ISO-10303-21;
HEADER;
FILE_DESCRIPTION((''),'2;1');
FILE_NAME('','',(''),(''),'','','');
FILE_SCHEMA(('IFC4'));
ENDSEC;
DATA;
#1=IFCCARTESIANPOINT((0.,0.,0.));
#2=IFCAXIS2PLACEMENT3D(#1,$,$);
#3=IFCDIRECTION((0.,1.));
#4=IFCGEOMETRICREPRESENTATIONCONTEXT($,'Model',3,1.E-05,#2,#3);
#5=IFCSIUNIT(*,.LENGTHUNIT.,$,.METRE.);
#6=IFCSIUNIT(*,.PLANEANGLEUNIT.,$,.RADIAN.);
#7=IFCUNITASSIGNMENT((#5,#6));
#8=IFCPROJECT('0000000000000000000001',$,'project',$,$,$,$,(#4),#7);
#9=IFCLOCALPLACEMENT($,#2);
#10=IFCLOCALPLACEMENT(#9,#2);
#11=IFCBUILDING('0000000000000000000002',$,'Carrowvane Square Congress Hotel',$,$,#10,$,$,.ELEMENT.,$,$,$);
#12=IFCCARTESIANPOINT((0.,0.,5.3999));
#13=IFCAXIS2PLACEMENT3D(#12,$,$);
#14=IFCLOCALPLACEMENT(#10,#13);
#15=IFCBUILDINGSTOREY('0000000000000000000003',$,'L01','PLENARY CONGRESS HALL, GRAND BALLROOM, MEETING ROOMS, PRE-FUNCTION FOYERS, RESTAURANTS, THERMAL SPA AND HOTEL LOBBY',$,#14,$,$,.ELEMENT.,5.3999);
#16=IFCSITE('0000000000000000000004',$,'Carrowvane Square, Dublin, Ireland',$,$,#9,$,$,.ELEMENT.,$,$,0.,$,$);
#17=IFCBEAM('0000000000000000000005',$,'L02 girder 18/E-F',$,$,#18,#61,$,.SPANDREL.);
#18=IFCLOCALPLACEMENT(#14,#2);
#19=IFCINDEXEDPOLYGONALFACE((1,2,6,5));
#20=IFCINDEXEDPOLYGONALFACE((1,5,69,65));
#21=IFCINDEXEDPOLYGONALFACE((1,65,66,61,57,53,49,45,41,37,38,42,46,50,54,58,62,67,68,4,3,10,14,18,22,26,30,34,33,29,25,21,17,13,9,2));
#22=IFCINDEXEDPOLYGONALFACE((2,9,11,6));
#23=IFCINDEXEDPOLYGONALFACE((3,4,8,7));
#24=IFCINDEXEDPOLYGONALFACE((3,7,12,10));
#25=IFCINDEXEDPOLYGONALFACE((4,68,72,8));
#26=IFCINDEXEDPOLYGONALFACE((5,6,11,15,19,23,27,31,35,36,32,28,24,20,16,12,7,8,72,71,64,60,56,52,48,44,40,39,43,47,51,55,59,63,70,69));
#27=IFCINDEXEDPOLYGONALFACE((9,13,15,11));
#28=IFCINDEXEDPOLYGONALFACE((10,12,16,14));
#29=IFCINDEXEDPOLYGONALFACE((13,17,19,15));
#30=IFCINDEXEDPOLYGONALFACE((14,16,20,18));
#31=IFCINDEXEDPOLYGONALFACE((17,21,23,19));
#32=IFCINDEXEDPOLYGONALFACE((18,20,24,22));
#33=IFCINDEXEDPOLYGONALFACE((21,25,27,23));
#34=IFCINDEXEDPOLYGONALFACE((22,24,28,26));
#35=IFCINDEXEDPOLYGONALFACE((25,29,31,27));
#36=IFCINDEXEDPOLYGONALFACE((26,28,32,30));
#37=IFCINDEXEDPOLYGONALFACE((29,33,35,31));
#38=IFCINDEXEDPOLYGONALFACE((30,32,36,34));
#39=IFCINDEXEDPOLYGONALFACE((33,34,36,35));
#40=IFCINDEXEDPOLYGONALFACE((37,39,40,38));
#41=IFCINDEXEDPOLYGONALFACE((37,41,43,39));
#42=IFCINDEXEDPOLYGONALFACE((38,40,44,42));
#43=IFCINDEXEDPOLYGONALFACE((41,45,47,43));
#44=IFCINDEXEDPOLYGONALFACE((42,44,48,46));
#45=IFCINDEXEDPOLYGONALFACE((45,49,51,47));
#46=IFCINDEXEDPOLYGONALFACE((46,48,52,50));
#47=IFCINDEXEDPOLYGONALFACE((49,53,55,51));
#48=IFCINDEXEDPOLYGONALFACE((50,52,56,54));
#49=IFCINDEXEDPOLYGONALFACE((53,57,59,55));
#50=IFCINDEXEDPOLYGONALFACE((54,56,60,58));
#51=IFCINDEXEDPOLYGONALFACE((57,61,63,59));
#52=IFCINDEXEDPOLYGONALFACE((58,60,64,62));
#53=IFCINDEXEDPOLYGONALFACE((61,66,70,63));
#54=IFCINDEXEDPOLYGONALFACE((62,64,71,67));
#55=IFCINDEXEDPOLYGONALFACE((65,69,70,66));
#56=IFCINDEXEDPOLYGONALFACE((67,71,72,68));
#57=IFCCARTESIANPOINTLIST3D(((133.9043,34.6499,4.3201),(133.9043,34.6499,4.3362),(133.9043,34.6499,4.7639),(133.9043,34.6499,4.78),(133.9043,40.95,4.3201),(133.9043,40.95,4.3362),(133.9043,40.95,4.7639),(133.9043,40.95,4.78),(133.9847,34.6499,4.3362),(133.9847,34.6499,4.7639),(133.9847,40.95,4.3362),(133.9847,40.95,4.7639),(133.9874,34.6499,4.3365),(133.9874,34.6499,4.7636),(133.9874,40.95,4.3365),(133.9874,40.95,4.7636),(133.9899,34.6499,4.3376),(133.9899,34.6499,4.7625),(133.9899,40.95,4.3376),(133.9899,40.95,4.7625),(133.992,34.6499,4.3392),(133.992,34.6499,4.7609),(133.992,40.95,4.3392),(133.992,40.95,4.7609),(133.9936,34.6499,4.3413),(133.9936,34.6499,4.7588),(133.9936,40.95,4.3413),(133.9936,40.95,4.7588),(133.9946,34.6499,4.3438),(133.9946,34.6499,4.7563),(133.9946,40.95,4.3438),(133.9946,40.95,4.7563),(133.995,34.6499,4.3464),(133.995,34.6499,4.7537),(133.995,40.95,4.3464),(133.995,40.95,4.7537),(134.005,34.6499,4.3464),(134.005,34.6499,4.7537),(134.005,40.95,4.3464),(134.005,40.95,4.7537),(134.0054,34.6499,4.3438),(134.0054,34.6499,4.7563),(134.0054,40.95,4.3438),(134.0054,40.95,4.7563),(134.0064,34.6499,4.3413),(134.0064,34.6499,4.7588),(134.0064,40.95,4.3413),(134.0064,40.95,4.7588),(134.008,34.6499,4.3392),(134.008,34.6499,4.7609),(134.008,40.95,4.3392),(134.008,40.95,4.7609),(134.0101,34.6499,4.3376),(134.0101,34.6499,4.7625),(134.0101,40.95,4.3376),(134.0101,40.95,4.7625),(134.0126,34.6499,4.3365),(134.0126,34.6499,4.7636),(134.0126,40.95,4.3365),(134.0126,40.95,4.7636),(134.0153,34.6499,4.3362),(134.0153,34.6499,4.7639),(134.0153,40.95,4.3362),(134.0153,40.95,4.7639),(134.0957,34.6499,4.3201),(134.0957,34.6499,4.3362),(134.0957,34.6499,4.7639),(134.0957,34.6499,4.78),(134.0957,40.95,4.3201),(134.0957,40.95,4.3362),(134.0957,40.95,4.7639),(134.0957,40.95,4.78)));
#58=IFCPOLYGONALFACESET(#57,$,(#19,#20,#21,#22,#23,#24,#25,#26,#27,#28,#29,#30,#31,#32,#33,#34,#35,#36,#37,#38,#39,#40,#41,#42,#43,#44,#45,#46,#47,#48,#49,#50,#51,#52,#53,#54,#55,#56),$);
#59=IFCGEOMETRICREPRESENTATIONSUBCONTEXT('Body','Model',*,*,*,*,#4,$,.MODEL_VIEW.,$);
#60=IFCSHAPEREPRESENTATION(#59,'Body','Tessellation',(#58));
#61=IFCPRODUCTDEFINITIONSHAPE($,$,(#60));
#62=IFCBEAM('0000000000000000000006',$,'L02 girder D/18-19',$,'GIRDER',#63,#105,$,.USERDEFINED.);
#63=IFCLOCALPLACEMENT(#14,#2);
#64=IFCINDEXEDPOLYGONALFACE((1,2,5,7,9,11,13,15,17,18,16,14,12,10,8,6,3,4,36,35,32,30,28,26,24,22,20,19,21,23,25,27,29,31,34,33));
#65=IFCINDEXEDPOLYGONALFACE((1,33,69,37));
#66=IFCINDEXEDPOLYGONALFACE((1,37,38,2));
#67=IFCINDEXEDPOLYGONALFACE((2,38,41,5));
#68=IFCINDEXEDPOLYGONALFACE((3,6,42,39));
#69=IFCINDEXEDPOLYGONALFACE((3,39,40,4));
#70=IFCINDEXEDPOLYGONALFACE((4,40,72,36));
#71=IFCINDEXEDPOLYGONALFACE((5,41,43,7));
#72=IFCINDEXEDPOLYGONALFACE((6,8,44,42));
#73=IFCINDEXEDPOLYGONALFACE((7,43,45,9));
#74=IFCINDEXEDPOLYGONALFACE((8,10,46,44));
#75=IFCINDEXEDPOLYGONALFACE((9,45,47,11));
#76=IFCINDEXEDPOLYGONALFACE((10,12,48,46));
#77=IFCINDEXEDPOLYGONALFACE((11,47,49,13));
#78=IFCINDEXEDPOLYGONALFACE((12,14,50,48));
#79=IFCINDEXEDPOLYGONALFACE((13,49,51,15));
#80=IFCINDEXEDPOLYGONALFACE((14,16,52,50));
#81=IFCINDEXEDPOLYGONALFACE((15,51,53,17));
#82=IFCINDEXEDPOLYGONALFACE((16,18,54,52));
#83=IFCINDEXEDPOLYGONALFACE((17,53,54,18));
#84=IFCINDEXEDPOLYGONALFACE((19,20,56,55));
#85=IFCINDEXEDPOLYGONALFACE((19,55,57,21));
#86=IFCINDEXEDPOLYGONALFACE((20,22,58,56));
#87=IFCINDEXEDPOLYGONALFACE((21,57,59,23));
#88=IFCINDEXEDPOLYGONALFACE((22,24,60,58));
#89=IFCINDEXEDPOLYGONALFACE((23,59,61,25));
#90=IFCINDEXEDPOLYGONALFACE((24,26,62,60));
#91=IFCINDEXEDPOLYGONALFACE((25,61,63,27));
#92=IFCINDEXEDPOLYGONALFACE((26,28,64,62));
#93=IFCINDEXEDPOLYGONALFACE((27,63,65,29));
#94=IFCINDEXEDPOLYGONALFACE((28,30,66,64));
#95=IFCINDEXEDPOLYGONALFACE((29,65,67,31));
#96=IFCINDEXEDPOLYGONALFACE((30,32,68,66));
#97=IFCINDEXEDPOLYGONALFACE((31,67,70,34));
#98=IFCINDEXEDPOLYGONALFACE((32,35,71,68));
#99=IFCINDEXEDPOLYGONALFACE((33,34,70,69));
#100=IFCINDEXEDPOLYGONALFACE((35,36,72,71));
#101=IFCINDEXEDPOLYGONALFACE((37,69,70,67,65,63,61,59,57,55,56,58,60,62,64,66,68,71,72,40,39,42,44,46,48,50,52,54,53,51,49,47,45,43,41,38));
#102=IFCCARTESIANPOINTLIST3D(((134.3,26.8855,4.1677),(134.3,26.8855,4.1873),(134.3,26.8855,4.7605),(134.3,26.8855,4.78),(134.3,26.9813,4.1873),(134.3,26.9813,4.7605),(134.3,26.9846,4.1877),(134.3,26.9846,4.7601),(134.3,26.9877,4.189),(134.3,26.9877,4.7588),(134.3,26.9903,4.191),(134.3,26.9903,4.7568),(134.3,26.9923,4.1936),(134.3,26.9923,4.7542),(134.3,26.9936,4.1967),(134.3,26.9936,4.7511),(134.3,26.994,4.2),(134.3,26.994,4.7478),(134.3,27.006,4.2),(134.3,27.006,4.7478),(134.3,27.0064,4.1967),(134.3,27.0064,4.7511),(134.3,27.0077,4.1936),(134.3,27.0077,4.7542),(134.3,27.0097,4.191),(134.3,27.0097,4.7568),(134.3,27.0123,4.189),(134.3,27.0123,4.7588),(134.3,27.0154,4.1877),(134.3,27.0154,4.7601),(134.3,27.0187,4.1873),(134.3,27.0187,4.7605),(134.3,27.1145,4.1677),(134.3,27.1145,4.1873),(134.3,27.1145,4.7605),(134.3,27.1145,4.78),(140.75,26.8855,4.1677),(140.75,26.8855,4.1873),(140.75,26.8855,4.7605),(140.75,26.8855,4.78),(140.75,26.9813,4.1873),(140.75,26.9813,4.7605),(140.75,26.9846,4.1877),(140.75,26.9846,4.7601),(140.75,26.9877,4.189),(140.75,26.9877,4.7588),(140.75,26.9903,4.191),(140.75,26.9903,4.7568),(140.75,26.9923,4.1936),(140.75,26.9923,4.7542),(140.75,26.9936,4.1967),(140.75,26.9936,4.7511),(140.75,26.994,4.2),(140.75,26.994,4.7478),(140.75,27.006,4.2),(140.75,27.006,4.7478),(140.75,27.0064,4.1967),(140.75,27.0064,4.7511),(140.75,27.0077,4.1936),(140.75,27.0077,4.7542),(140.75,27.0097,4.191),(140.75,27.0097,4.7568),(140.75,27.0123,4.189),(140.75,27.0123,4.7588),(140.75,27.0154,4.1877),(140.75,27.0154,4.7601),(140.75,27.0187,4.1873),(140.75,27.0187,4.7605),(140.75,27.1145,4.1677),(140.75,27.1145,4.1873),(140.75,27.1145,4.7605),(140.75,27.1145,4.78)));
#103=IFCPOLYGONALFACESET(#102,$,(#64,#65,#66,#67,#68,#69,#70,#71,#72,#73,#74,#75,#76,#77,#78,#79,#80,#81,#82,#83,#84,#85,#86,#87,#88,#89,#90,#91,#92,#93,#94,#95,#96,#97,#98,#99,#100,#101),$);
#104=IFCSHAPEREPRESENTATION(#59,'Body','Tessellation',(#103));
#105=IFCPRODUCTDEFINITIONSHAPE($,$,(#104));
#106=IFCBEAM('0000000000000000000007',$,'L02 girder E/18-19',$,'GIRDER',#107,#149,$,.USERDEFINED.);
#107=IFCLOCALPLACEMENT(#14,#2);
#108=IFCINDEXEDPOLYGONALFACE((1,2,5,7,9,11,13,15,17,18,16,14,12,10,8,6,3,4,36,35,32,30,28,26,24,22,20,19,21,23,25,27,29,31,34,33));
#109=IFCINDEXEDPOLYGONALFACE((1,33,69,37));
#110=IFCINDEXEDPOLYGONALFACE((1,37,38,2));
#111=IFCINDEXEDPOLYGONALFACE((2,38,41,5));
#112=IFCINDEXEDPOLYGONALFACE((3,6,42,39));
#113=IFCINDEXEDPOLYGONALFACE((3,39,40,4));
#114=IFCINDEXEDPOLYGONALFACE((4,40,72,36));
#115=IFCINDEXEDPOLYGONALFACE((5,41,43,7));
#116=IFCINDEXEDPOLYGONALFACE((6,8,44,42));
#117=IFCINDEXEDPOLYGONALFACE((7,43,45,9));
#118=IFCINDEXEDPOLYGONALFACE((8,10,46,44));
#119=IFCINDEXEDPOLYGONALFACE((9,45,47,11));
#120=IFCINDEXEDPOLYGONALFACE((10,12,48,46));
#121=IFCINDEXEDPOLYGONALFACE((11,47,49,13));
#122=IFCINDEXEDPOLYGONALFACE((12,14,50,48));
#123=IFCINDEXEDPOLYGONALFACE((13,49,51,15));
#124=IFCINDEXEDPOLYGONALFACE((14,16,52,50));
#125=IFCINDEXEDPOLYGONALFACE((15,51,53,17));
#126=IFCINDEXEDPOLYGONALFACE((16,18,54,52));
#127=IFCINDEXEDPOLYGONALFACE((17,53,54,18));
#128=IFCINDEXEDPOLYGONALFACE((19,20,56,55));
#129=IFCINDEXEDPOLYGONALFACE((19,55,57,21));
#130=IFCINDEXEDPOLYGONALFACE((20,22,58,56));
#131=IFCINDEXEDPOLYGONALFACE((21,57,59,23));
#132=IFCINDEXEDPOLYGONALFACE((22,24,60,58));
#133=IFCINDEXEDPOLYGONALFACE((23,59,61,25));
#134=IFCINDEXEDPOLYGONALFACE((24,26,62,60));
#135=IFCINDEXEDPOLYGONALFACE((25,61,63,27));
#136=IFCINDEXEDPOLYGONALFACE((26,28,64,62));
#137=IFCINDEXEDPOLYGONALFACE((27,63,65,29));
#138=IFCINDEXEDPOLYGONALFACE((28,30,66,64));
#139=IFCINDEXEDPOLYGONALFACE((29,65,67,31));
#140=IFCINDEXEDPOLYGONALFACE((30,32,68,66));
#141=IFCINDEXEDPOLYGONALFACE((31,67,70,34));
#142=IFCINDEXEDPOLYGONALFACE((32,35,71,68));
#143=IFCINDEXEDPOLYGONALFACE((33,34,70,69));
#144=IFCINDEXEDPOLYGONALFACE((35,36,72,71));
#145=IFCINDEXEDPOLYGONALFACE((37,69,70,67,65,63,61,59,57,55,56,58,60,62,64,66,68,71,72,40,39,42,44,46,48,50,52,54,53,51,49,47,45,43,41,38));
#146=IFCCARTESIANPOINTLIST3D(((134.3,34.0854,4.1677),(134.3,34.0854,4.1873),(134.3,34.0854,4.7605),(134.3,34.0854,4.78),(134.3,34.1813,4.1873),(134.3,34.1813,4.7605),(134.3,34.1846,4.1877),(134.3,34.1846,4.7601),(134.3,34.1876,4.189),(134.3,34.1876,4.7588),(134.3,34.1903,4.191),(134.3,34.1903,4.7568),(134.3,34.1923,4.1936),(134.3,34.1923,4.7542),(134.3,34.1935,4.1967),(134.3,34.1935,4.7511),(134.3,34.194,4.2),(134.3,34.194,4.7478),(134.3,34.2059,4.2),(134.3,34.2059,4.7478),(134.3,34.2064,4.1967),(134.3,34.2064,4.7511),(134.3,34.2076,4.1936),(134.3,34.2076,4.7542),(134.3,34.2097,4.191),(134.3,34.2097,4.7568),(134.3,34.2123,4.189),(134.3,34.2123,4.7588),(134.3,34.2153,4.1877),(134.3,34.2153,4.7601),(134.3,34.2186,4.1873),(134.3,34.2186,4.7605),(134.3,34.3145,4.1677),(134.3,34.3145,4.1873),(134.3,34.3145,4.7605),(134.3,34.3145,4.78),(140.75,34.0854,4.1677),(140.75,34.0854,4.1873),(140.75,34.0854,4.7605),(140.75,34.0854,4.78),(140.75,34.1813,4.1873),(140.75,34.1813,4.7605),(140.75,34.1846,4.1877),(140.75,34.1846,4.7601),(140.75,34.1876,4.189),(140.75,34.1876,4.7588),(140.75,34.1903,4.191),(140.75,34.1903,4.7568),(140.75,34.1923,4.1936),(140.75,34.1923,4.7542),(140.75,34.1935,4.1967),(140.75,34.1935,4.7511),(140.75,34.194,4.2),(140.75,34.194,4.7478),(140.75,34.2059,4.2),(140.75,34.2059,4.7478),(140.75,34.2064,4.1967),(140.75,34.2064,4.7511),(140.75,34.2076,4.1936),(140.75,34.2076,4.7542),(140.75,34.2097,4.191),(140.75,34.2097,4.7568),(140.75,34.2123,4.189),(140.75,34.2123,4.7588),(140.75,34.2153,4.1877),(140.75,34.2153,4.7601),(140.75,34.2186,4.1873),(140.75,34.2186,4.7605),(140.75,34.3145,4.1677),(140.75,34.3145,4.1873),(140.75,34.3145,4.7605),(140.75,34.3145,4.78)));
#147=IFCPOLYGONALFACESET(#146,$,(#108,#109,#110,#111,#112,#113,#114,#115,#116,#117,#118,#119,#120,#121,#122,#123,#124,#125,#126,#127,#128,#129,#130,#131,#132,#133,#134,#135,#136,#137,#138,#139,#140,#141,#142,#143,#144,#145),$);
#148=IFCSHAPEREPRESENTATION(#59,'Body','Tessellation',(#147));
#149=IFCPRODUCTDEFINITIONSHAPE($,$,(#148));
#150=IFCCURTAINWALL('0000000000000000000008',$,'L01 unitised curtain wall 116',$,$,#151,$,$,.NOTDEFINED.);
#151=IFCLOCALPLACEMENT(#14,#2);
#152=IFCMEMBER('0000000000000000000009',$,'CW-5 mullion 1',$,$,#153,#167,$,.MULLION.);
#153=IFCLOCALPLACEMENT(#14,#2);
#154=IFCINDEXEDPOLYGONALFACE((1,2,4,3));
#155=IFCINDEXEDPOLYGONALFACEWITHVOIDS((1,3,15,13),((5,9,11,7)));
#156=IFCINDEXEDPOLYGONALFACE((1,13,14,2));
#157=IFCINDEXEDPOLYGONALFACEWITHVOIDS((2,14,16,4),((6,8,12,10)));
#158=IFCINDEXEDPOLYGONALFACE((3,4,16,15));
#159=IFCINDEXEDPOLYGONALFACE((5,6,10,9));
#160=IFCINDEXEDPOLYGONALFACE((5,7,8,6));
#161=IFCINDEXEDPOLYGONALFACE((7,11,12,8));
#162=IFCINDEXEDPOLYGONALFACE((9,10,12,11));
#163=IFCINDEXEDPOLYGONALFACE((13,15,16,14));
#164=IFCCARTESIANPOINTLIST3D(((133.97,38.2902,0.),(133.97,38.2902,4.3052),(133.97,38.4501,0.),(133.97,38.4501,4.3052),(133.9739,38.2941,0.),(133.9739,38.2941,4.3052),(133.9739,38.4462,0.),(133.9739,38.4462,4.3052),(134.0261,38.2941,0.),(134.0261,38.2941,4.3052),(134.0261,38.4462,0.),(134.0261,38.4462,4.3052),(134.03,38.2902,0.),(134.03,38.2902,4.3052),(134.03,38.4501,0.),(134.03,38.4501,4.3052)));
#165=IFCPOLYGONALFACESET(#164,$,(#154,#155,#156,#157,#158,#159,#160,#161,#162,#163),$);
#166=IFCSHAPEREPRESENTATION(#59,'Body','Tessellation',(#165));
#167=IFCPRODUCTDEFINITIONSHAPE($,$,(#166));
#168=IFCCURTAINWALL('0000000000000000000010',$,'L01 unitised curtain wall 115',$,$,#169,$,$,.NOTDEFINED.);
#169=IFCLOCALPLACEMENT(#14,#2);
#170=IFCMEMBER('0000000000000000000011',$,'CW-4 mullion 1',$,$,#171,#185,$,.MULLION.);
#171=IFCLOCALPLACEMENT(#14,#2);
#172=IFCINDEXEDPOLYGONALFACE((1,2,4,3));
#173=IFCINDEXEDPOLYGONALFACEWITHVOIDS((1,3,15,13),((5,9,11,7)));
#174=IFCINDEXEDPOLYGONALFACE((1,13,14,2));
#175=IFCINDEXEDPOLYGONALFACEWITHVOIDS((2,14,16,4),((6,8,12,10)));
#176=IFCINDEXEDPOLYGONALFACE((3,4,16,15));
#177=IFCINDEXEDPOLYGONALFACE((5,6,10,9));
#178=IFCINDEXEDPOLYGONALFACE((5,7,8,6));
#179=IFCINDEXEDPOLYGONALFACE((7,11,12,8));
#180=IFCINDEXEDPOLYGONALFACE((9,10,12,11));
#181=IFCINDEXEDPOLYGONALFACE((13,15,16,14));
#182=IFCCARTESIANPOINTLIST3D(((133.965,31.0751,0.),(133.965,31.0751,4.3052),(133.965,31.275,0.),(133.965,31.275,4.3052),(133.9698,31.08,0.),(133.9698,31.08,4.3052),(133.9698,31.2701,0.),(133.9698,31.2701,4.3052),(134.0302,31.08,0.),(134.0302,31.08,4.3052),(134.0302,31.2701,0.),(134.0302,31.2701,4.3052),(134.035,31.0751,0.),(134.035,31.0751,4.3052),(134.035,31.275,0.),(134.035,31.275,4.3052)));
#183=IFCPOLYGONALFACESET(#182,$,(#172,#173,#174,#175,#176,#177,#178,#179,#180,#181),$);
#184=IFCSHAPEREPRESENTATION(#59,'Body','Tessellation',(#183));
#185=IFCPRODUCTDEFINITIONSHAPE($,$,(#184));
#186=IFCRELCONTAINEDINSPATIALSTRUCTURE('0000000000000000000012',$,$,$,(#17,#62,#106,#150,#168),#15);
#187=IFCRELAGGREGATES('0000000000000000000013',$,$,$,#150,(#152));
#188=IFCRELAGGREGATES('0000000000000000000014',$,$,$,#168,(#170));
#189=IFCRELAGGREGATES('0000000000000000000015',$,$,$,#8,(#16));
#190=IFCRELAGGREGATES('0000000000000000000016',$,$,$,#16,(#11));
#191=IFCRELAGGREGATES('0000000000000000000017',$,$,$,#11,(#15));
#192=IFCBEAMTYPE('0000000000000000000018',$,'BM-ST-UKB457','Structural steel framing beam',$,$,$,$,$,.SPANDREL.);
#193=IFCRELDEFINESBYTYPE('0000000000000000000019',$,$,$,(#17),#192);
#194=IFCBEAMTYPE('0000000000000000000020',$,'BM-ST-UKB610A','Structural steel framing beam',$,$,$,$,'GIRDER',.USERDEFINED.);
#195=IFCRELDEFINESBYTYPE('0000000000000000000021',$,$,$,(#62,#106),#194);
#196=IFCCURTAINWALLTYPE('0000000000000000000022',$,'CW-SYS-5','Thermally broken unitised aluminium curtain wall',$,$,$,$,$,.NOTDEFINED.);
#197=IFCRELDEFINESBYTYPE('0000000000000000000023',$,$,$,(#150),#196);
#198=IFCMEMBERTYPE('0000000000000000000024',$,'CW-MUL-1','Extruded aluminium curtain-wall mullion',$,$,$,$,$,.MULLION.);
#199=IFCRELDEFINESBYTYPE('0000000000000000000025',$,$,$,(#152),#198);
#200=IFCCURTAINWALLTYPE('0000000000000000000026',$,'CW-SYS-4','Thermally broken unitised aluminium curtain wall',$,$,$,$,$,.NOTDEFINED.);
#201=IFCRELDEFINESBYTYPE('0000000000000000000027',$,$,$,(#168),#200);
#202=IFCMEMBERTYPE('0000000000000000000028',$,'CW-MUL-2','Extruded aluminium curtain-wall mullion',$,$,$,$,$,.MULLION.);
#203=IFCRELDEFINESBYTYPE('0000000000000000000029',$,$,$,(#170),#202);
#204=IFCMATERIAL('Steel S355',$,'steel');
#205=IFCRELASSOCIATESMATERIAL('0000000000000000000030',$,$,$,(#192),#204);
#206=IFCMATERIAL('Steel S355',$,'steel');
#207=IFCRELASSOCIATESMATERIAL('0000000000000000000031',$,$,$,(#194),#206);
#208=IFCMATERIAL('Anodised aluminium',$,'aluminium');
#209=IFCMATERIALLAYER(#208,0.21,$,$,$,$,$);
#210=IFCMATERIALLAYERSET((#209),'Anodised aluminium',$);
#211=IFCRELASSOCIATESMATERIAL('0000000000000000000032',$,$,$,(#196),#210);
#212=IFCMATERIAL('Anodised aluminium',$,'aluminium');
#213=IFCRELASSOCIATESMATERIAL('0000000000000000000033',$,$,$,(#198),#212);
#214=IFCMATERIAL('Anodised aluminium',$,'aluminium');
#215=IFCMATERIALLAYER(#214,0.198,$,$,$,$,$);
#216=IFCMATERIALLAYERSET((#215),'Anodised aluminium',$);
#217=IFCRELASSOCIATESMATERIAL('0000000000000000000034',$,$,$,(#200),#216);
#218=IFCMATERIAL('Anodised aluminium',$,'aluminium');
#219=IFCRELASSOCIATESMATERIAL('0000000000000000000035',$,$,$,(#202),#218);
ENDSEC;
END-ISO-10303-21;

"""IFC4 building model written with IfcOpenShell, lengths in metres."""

from ifc_helpers import new_model, si_unit, direction, frame, origin, origin_2d, place, context, subcontext, project, spatial, hollow_rectangle, i_section, extrude, material, layer, layer_set, material_profile, profile_set, type_object, element, aggregate, save


model = new_model("IFC4")

# Units and contexts
model_context = context("Model", 3, precision=1e-05, world=origin(), true_north=direction((0.0, 1.0)))
body_context = subcontext(model_context, "Body", "Model", "MODEL_VIEW")
ifc_project = project(units=[si_unit("LENGTHUNIT", "METRE"), si_unit("PLANEANGLEUNIT", "RADIAN")], contexts=[model_context])

# Site, building, storey
site_placement = place(None, origin())
site = spatial("IfcSite", under=ifc_project, at=site_placement, Name="Carrowvane Square, Dublin, Ireland", CompositionType="ELEMENT", RefElevation=0.0)
building_placement = place(site_placement, origin())
building = spatial("IfcBuilding", under=site, at=building_placement, Name="Carrowvane Square Congress Hotel", CompositionType="ELEMENT")
storey_placement = place(building_placement, frame((0.0, 0.0, 5.3999)))
storey = spatial("IfcBuildingStorey", under=building, at=storey_placement, Name="L01", Description="PLENARY CONGRESS HALL, GRAND BALLROOM, MEETING ROOMS, PRE-FUNCTION FOYERS, RESTAURANTS, THERMAL SPA AND HOTEL LOBBY", CompositionType="ELEMENT", Elevation=5.3999)

# Beams
ifc_material_1 = material(Name="Steel S355", Category="steel")
ifc_material_profile_1 = material_profile(ifc_material_1, i_section(OverallWidth=0.1914, OverallDepth=0.46, WebThickness=0.01, FlangeThickness=0.0161, FilletRadius=0.0103, at=origin_2d()), Name="UKB 457x191x82")
ifc_profile_set_1 = profile_set([ifc_material_profile_1], Name="Steel S355")
beam_type_1 = type_object("IfcBeamType", Name="BM-ST-UKB457", Description="Structural steel framing beam", PredefinedType="SPANDREL", material=ifc_profile_set_1)
for number, where, z_axis, x_axis, name in (
    (1, (134.0, 34.6499, 4.55), (0.0, 1.0, 0.0), (-1.0, 0.0, 0.0), "L02 girder 18/E-F"),
):
    element("IfcBeam", number, at=place(storey_placement, frame(where, z_axis=z_axis, x_axis=x_axis)), inside=storey, type_object=beam_type_1, Name=name, PredefinedType="SPANDREL", context=body_context, shape_type="SweptSolid", body=[
        extrude(i_section(OverallWidth=0.1914, OverallDepth=0.46, WebThickness=0.01, FlangeThickness=0.0161, FilletRadius=0.0103, at=origin_2d()), origin(), (0.0, 0.0, 1.0), 6.3),
    ])
ifc_material_2 = material(Name="Steel S355", Category="steel")
ifc_material_profile_2 = material_profile(ifc_material_2, i_section(OverallWidth=0.229, OverallDepth=0.6123, WebThickness=0.012, FlangeThickness=0.0195, FilletRadius=0.0127, at=origin_2d()), Name="UKB 610x229x125")
ifc_profile_set_2 = profile_set([ifc_material_profile_2], Name="Steel S355")
beam_type_2 = type_object("IfcBeamType", Name="BM-ST-UKB610A", Description="Structural steel framing beam", ElementType="GIRDER", PredefinedType="USERDEFINED", material=ifc_profile_set_2)
for number, where, z_axis, x_axis, name in (
    (2, (134.3, 27.0, 4.4739), (1.0, 0.0, 0.0), (0.0, 1.0, 0.0), "L02 girder D/18-19"),
    (3, (134.3, 34.2, 4.4739), (1.0, 0.0, 0.0), (0.0, 1.0, 0.0), "L02 girder E/18-19"),
):
    element("IfcBeam", number, at=place(storey_placement, frame(where, z_axis=z_axis, x_axis=x_axis)), inside=storey, type_object=beam_type_2, Name=name, ObjectType="GIRDER", PredefinedType="USERDEFINED", context=body_context, shape_type="SweptSolid", body=[
        extrude(i_section(OverallWidth=0.229, OverallDepth=0.6123, WebThickness=0.012, FlangeThickness=0.0195, FilletRadius=0.0127, at=origin_2d()), origin(), (0.0, 0.0, 1.0), 6.45),
    ])

# Curtain wall, member
ifc_material_3 = material(Name="Anodised aluminium", Category="aluminium")
ifc_layer_1 = layer(ifc_material_3, 0.21)
ifc_layer_set_1 = layer_set([ifc_layer_1], Name="Anodised aluminium")
curtain_wall_type_1 = type_object("IfcCurtainWallType", Name="CW-SYS-5", Description="Thermally broken unitised aluminium curtain wall", PredefinedType="NOTDEFINED", material=ifc_layer_set_1)
curtain_wall_1_placement = place(storey_placement, origin())
curtain_wall_1 = element("IfcCurtainWall", 4, at=curtain_wall_1_placement, inside=storey, type_object=curtain_wall_type_1, Name="L01 unitised curtain wall 116", PredefinedType="NOTDEFINED")
ifc_material_4 = material(Name="Anodised aluminium", Category="aluminium")
ifc_material_profile_3 = material_profile(ifc_material_4, hollow_rectangle(XDim=0.0601, YDim=0.1599, WallThickness=0.0039, at=origin_2d()), Name="CW-ML 60x160x4")
ifc_profile_set_3 = profile_set([ifc_material_profile_3], Name="Anodised aluminium")
member_type_1 = type_object("IfcMemberType", Name="CW-MUL-1", Description="Extruded aluminium curtain-wall mullion", PredefinedType="MULLION", material=ifc_profile_set_3)
member_1_placement = place(storey_placement, frame((134.0, 38.3701, 0.0), z_axis=(0.0, 0.0, 1.0), x_axis=(-1.0, 0.0, 0.0)))
member_1 = element("IfcMember", 5, at=member_1_placement, type_object=member_type_1, Name="CW-5 mullion 1", PredefinedType="MULLION", context=body_context, shape_type="SweptSolid", body=[
    extrude(hollow_rectangle(XDim=0.0601, YDim=0.1599, WallThickness=0.0039, at=origin_2d()), origin(), (0.0, 0.0, 1.0), 4.3052),
])
aggregate(curtain_wall_1, [member_1])

# Curtain wall, member
ifc_material_5 = material(Name="Anodised aluminium", Category="aluminium")
ifc_layer_2 = layer(ifc_material_5, 0.198)
ifc_layer_set_2 = layer_set([ifc_layer_2], Name="Anodised aluminium")
curtain_wall_type_2 = type_object("IfcCurtainWallType", Name="CW-SYS-4", Description="Thermally broken unitised aluminium curtain wall", PredefinedType="NOTDEFINED", material=ifc_layer_set_2)
curtain_wall_2_placement = place(storey_placement, origin())
curtain_wall_2 = element("IfcCurtainWall", 6, at=curtain_wall_2_placement, inside=storey, type_object=curtain_wall_type_2, Name="L01 unitised curtain wall 115", PredefinedType="NOTDEFINED")
ifc_material_6 = material(Name="Anodised aluminium", Category="aluminium")
ifc_material_profile_4 = material_profile(ifc_material_6, hollow_rectangle(XDim=0.0701, YDim=0.2, WallThickness=0.0049, at=origin_2d()), Name="CW-ML 70x200x5")
ifc_profile_set_4 = profile_set([ifc_material_profile_4], Name="Anodised aluminium")
member_type_2 = type_object("IfcMemberType", Name="CW-MUL-2", Description="Extruded aluminium curtain-wall mullion", PredefinedType="MULLION", material=ifc_profile_set_4)
member_2_placement = place(storey_placement, frame((134.0, 31.175, 0.0), z_axis=(0.0, 0.0, 1.0), x_axis=(-1.0, 0.0, 0.0)))
member_2 = element("IfcMember", 7, at=member_2_placement, type_object=member_type_2, Name="CW-4 mullion 1", PredefinedType="MULLION", context=body_context, shape_type="SweptSolid", body=[
    extrude(hollow_rectangle(XDim=0.0701, YDim=0.2, WallThickness=0.0049, at=origin_2d()), origin(), (0.0, 0.0, 1.0), 4.3052),
])
aggregate(curtain_wall_2, [member_2])

save(model, "model.ifc")
